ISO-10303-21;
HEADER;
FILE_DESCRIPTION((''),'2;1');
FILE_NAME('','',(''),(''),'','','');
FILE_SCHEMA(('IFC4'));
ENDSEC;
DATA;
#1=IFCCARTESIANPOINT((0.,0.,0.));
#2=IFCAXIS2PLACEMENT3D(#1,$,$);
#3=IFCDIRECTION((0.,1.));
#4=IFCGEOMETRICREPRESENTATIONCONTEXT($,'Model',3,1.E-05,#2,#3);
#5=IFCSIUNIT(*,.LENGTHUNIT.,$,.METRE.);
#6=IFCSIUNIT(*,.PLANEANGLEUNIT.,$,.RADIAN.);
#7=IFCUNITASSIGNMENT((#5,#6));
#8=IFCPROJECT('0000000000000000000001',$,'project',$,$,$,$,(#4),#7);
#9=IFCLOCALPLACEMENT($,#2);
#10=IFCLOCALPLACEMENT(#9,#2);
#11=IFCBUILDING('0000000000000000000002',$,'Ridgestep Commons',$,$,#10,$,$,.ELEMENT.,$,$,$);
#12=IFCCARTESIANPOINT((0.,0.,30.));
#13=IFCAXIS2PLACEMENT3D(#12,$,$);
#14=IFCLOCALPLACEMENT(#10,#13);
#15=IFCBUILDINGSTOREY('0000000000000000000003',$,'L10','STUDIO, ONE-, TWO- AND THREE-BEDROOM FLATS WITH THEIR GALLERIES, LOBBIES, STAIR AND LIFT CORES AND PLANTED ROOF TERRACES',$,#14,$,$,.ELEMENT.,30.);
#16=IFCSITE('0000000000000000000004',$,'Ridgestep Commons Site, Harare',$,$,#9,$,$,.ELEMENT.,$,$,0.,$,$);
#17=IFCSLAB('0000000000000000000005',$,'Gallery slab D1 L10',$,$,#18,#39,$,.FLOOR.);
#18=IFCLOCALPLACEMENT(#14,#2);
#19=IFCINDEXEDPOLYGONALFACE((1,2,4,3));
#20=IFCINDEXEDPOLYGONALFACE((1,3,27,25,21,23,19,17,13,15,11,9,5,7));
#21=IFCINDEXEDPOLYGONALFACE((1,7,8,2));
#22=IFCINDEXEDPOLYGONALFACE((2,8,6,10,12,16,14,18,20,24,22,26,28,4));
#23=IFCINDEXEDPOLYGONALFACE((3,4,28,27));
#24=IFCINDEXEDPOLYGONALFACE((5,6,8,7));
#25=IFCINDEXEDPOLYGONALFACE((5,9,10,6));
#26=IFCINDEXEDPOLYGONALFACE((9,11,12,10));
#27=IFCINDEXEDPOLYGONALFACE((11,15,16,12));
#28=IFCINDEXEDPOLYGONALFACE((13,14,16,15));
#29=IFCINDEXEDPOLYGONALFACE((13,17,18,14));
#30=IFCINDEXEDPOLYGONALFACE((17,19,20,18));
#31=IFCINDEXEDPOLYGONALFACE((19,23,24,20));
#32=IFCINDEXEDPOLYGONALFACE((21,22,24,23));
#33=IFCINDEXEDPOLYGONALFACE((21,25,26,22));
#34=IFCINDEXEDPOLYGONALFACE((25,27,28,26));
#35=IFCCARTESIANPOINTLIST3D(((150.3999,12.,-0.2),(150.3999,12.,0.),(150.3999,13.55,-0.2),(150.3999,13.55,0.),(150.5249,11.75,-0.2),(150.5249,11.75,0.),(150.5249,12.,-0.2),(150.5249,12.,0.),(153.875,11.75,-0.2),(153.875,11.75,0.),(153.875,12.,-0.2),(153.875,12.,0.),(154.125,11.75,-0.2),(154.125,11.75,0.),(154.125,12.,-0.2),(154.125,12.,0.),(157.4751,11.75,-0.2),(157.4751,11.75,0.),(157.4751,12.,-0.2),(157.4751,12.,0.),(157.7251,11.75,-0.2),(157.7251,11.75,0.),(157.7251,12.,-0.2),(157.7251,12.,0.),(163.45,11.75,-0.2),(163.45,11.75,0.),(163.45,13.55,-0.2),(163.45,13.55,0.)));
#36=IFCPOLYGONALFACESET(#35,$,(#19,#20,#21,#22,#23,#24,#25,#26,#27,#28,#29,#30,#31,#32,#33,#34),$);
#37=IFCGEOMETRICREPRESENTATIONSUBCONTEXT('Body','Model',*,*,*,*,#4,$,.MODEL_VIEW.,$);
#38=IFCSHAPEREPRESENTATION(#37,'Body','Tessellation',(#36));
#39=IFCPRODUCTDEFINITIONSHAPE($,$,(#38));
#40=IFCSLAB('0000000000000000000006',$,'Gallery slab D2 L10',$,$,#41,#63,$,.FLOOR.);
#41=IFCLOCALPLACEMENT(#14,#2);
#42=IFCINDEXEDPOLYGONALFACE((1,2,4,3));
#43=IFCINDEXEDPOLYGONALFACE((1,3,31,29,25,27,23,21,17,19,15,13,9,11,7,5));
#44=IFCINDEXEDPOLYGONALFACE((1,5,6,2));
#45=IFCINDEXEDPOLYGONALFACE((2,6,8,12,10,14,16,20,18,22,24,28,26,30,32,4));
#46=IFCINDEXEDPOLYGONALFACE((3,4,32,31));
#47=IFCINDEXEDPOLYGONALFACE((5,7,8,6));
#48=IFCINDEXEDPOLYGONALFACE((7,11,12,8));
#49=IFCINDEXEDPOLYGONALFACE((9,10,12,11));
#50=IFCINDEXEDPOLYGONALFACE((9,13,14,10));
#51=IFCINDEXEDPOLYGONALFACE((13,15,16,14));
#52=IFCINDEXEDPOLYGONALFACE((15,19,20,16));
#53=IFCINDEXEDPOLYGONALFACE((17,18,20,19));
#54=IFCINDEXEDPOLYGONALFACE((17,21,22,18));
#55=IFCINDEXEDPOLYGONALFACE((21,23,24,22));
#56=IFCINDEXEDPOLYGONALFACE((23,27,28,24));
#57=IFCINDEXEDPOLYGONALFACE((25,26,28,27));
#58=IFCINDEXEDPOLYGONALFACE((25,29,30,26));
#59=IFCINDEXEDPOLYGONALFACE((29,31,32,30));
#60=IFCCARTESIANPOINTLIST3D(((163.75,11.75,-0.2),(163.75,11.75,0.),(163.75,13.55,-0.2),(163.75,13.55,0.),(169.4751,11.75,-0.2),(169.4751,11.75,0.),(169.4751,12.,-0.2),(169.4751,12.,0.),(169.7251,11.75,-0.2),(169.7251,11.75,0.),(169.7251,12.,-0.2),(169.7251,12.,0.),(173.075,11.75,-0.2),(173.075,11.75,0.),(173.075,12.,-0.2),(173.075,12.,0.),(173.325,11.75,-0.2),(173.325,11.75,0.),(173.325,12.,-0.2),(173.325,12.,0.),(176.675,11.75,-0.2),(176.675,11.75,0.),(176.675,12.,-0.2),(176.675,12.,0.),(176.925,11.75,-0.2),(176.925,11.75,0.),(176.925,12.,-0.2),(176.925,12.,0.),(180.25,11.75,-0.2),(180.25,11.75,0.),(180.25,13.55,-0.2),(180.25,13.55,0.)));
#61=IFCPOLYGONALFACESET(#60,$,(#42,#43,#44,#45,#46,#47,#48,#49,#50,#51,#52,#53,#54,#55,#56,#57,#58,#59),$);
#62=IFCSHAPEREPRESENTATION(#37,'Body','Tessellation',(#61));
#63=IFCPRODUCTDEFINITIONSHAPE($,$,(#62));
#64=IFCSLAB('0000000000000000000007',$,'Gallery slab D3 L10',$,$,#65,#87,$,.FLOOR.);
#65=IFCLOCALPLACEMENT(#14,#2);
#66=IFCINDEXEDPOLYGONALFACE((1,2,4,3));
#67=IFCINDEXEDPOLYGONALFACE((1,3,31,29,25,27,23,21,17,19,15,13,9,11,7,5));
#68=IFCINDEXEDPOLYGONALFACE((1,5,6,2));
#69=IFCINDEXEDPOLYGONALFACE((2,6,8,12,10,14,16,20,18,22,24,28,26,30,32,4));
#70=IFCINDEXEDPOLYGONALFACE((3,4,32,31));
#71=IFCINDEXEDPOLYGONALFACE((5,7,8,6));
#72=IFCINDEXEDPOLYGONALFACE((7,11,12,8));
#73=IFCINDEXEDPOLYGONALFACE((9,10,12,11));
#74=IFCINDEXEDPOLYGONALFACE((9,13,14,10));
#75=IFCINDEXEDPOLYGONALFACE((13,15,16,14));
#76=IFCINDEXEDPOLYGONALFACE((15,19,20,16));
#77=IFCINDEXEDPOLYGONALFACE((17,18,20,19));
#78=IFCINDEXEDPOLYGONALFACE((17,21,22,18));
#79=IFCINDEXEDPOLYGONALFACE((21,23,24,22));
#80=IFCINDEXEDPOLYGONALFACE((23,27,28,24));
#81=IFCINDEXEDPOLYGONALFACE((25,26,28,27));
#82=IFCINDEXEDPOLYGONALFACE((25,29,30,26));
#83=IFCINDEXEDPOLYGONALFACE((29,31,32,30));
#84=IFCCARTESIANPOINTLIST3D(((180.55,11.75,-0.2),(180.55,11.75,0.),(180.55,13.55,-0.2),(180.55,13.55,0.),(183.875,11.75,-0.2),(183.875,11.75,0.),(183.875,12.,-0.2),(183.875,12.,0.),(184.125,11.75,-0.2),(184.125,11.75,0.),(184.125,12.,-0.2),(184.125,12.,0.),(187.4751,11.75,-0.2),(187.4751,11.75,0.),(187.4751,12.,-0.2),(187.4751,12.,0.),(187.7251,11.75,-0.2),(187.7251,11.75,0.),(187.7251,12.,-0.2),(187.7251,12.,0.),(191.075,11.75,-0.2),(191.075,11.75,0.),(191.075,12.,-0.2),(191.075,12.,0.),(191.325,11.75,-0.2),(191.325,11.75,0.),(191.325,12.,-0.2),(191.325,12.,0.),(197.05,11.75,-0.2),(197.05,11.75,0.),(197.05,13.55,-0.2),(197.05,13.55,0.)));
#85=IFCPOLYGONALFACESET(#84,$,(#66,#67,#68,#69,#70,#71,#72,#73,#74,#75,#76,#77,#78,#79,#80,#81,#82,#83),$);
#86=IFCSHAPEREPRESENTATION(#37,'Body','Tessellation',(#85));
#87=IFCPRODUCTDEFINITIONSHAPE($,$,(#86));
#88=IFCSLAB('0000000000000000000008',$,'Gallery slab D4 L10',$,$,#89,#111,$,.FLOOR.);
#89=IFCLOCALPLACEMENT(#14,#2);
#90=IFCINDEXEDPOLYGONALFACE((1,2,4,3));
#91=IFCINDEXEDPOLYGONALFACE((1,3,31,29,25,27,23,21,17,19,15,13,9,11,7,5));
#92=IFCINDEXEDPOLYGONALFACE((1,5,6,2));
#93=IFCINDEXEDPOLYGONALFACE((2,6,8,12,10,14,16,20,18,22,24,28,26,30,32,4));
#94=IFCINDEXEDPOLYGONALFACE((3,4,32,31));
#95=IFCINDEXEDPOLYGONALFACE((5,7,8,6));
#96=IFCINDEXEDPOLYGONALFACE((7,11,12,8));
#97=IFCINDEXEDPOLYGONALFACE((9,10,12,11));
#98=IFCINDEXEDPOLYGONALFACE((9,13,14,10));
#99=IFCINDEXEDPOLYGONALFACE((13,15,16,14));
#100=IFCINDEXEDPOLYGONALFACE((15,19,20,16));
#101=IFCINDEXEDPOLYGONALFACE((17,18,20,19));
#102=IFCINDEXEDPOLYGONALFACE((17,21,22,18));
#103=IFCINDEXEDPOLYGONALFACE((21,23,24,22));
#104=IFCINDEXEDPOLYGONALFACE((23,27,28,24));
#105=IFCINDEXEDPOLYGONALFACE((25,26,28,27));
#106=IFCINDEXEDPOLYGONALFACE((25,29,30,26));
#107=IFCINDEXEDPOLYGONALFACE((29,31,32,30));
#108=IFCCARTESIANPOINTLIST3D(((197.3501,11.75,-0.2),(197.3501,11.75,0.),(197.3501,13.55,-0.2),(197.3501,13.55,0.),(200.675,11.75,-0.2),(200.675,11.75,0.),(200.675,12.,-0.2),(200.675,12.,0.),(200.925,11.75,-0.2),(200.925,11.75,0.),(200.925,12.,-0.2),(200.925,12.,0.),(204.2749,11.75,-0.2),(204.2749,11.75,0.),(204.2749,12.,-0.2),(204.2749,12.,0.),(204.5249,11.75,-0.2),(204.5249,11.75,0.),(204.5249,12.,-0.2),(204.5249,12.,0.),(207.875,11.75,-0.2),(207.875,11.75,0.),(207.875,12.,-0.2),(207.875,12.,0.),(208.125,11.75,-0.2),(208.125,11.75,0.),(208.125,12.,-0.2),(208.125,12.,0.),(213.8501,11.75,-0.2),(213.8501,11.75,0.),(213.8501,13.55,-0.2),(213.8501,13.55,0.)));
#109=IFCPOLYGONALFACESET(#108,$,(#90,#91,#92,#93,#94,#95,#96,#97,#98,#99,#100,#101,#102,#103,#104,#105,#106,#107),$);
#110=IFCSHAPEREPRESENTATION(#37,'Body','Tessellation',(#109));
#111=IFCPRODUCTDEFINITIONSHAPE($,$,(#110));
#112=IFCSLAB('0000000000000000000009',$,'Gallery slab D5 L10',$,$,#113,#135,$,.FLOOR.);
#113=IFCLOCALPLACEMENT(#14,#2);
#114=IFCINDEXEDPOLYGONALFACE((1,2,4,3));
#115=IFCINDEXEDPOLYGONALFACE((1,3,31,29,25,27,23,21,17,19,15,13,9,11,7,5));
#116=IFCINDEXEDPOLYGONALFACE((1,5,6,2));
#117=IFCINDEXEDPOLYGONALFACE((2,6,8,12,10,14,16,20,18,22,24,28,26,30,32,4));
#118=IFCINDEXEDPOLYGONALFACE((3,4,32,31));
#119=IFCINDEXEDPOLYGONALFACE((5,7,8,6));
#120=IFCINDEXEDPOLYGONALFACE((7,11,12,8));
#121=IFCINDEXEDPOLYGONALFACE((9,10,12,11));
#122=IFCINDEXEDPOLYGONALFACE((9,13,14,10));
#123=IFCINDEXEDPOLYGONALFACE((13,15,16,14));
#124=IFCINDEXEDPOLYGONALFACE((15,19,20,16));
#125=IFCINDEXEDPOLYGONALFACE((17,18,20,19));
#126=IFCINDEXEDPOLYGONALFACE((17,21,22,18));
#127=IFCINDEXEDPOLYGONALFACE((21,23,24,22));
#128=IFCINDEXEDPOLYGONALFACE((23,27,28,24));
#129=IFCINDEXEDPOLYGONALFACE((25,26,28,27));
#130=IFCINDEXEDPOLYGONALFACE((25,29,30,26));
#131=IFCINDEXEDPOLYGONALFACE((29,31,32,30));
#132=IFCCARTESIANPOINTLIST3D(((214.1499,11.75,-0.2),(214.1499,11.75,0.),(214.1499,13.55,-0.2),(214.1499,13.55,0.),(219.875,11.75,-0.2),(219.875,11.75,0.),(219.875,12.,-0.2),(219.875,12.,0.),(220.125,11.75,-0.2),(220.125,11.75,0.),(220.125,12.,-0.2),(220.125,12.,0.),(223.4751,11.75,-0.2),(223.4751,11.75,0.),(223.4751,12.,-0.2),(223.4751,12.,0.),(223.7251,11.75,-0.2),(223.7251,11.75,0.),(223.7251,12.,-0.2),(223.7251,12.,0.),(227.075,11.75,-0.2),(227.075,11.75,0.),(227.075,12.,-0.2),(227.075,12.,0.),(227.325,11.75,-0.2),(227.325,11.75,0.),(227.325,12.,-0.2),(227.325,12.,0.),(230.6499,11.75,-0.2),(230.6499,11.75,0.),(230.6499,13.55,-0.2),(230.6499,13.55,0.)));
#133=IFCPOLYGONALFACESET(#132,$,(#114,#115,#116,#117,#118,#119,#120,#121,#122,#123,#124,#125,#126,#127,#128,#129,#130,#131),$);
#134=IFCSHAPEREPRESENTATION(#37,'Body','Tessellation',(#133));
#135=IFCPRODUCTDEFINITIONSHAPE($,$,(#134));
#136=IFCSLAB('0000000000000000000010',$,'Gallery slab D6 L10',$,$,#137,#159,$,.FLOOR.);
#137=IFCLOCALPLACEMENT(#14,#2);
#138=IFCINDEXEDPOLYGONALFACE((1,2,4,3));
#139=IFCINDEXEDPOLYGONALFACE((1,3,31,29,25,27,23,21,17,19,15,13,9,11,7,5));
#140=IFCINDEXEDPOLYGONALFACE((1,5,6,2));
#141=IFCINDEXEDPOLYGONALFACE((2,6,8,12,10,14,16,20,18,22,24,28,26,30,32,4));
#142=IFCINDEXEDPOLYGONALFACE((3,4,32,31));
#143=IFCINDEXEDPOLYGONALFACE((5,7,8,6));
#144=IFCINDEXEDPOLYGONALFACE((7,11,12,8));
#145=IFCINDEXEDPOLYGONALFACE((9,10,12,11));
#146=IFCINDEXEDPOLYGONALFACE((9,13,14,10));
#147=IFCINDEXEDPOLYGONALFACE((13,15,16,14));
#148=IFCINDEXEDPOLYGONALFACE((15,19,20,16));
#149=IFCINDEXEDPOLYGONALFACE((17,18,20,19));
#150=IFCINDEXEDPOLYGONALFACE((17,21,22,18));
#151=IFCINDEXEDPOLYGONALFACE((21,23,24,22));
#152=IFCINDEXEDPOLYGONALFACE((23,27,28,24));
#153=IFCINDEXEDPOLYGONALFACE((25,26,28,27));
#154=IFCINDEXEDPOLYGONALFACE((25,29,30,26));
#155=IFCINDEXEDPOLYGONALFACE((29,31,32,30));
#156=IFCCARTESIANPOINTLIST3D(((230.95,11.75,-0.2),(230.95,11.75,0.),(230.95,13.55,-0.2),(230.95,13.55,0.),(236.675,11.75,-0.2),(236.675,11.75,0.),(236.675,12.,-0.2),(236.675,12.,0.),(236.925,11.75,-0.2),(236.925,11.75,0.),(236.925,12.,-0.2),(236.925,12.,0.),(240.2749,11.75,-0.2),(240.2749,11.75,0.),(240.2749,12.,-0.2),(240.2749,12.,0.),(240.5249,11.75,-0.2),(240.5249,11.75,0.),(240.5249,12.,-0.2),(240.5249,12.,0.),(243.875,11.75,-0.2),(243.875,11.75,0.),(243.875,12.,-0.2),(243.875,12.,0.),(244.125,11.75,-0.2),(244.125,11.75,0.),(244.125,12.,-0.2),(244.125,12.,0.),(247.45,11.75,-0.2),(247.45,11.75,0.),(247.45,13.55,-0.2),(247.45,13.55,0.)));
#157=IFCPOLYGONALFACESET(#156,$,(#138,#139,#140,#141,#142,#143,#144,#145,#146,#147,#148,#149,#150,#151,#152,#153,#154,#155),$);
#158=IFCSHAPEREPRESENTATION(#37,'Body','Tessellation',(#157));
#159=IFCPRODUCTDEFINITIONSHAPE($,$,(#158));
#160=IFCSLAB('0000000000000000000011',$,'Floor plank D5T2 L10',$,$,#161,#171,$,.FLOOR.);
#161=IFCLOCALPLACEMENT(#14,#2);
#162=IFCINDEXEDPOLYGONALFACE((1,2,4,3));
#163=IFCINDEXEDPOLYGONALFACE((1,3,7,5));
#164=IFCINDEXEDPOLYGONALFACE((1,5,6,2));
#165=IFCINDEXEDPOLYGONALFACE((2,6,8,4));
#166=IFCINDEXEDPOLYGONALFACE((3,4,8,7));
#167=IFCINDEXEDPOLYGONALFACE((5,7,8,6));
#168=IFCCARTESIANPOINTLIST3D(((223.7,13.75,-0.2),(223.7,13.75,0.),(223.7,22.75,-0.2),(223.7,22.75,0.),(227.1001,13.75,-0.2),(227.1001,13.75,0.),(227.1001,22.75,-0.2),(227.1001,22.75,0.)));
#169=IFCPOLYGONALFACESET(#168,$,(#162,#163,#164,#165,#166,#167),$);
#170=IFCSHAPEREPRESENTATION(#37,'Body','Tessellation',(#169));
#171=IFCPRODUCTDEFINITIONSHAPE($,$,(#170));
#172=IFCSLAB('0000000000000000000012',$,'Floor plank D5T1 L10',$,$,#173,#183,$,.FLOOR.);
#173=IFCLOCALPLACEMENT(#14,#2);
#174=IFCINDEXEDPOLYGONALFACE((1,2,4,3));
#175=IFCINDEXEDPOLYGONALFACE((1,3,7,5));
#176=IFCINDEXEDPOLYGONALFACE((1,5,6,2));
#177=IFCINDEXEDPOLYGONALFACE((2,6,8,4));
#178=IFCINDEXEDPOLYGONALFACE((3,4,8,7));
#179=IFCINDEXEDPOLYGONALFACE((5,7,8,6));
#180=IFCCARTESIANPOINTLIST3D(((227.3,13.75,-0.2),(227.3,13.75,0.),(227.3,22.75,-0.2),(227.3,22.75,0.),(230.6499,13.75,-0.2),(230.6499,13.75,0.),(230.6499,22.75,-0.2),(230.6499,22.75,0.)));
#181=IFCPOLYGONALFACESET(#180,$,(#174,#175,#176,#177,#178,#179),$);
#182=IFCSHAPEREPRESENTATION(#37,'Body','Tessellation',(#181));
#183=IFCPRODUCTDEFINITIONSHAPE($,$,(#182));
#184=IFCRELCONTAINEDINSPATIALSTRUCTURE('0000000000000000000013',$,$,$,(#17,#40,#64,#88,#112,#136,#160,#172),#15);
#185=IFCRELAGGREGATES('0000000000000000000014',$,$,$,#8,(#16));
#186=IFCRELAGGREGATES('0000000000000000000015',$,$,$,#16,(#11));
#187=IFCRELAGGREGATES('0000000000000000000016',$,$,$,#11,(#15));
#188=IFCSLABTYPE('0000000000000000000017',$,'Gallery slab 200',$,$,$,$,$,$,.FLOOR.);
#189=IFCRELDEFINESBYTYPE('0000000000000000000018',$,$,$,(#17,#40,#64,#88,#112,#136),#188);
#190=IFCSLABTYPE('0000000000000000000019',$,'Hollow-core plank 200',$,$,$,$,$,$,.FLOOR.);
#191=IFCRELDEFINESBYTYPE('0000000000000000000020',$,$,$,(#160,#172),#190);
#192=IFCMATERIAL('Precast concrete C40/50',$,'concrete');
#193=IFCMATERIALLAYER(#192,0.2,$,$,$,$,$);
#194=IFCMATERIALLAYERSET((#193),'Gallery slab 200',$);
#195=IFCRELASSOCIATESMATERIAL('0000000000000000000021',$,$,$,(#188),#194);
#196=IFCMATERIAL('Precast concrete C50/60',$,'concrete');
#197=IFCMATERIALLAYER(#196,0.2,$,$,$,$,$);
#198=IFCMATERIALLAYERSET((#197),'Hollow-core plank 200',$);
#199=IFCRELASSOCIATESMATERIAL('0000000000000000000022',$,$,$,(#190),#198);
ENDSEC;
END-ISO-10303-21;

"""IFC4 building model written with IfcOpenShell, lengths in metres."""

from ifc_helpers import new_model, si_unit, direction, frame, origin, place, context, subcontext, project, spatial, polyline, outline, extrude, material, layer, layer_set, type_object, element, save


model = new_model("IFC4")

# Units and contexts
model_context = context("Model", 3, precision=1e-05, world=origin(), true_north=direction((0.0, 1.0)))
body_context = subcontext(model_context, "Body", "Model", "MODEL_VIEW")
ifc_project = project(units=[si_unit("LENGTHUNIT", "METRE"), si_unit("PLANEANGLEUNIT", "RADIAN")], contexts=[model_context])

# Site, building, storey
site_placement = place(None, origin())
site = spatial("IfcSite", under=ifc_project, at=site_placement, Name="Ridgestep Commons Site, Harare", CompositionType="ELEMENT", RefElevation=0.0)
building_placement = place(site_placement, origin())
building = spatial("IfcBuilding", under=site, at=building_placement, Name="Ridgestep Commons", CompositionType="ELEMENT")
storey_placement = place(building_placement, frame((0.0, 0.0, 30.0)))
storey = spatial("IfcBuildingStorey", under=building, at=storey_placement, Name="L10", Description="STUDIO, ONE-, TWO- AND THREE-BEDROOM FLATS WITH THEIR GALLERIES, LOBBIES, STAIR AND LIFT CORES AND PLANTED ROOF TERRACES", CompositionType="ELEMENT", Elevation=30.0)

# Slabs
ifc_material_1 = material(Name="Precast concrete C40/50", Category="concrete")
ifc_layer_1 = layer(ifc_material_1, 0.2)
ifc_layer_set_1 = layer_set([ifc_layer_1], Name="Gallery slab 200")
slab_type_1 = type_object("IfcSlabType", Name="Gallery slab 200", PredefinedType="FLOOR", material=ifc_layer_set_1)
slab_1_placement = place(storey_placement, frame((0.0, 0.0, -0.2)))
element("IfcSlab", 1, at=slab_1_placement, inside=storey, type_object=slab_type_1, Name="Gallery slab D1 L10", PredefinedType="FLOOR", context=body_context, shape_type="SweptSolid", body=[
    extrude(outline(polyline([(163.45, 11.75), (163.45, 13.55), (150.3999, 13.55), (150.3999, 12.0), (150.5249, 12.0), (150.5249, 11.75), (153.875, 11.75), (153.875, 12.0), (154.125, 12.0), (154.125, 11.75), (157.4751, 11.75), (157.4751, 12.0), (157.7251, 12.0), (157.7251, 11.75), (163.45, 11.75)])), origin(), (0.0, 0.0, 1.0), 0.2),
])
slab_2_placement = place(storey_placement, frame((0.0, 0.0, -0.2)))
element("IfcSlab", 2, at=slab_2_placement, inside=storey, type_object=slab_type_1, Name="Gallery slab D2 L10", PredefinedType="FLOOR", context=body_context, shape_type="SweptSolid", body=[
    extrude(outline(polyline([(180.25, 13.55), (163.75, 13.55), (163.75, 11.75), (169.4751, 11.75), (169.4751, 12.0), (169.7251, 12.0), (169.7251, 11.75), (173.075, 11.75), (173.075, 12.0), (173.325, 12.0), (173.325, 11.75), (176.675, 11.75), (176.675, 12.0), (176.925, 12.0), (176.925, 11.75), (180.25, 11.75), (180.25, 13.55)])), origin(), (0.0, 0.0, 1.0), 0.2),
])
slab_3_placement = place(storey_placement, frame((0.0, 0.0, -0.2)))
element("IfcSlab", 3, at=slab_3_placement, inside=storey, type_object=slab_type_1, Name="Gallery slab D3 L10", PredefinedType="FLOOR", context=body_context, shape_type="SweptSolid", body=[
    extrude(outline(polyline([(197.05, 13.55), (180.55, 13.55), (180.55, 11.75), (183.875, 11.75), (183.875, 12.0), (184.125, 12.0), (184.125, 11.75), (187.4751, 11.75), (187.4751, 12.0), (187.7251, 12.0), (187.7251, 11.75), (191.075, 11.75), (191.075, 12.0), (191.325, 12.0), (191.325, 11.75), (197.05, 11.75), (197.05, 13.55)])), origin(), (0.0, 0.0, 1.0), 0.2),
])
slab_4_placement = place(storey_placement, frame((0.0, 0.0, -0.2)))
element("IfcSlab", 4, at=slab_4_placement, inside=storey, type_object=slab_type_1, Name="Gallery slab D4 L10", PredefinedType="FLOOR", context=body_context, shape_type="SweptSolid", body=[
    extrude(outline(polyline([(213.8501, 13.55), (197.3501, 13.55), (197.3501, 11.75), (200.675, 11.75), (200.675, 12.0), (200.925, 12.0), (200.925, 11.75), (204.2749, 11.75), (204.2749, 12.0), (204.5249, 12.0), (204.5249, 11.75), (207.875, 11.75), (207.875, 12.0), (208.125, 12.0), (208.125, 11.75), (213.8501, 11.75), (213.8501, 13.55)])), origin(), (0.0, 0.0, 1.0), 0.2),
])
slab_5_placement = place(storey_placement, frame((0.0, 0.0, -0.2)))
element("IfcSlab", 5, at=slab_5_placement, inside=storey, type_object=slab_type_1, Name="Gallery slab D5 L10", PredefinedType="FLOOR", context=body_context, shape_type="SweptSolid", body=[
    extrude(outline(polyline([(230.6499, 13.55), (214.1499, 13.55), (214.1499, 11.75), (219.875, 11.75), (219.875, 12.0), (220.125, 12.0), (220.125, 11.75), (223.4751, 11.75), (223.4751, 12.0), (223.7251, 12.0), (223.7251, 11.75), (227.075, 11.75), (227.075, 12.0), (227.325, 12.0), (227.325, 11.75), (230.6499, 11.75), (230.6499, 13.55)])), origin(), (0.0, 0.0, 1.0), 0.2),
])
slab_6_placement = place(storey_placement, frame((0.0, 0.0, -0.2)))
element("IfcSlab", 6, at=slab_6_placement, inside=storey, type_object=slab_type_1, Name="Gallery slab D6 L10", PredefinedType="FLOOR", context=body_context, shape_type="SweptSolid", body=[
    extrude(outline(polyline([(247.45, 13.55), (230.95, 13.55), (230.95, 11.75), (236.675, 11.75), (236.675, 12.0), (236.925, 12.0), (236.925, 11.75), (240.2749, 11.75), (240.2749, 12.0), (240.5249, 12.0), (240.5249, 11.75), (243.875, 11.75), (243.875, 12.0), (244.125, 12.0), (244.125, 11.75), (247.45, 11.75), (247.45, 13.55)])), origin(), (0.0, 0.0, 1.0), 0.2),
])
ifc_material_2 = material(Name="Precast concrete C50/60", Category="concrete")
ifc_layer_2 = layer(ifc_material_2, 0.2)
ifc_layer_set_2 = layer_set([ifc_layer_2], Name="Hollow-core plank 200")
slab_type_2 = type_object("IfcSlabType", Name="Hollow-core plank 200", PredefinedType="FLOOR", material=ifc_layer_set_2)
slab_7_placement = place(storey_placement, frame((0.0, 0.0, -0.2)))
element("IfcSlab", 7, at=slab_7_placement, inside=storey, type_object=slab_type_2, Name="Floor plank D5T2 L10", PredefinedType="FLOOR", context=body_context, shape_type="SweptSolid", body=[
    extrude(outline(polyline([(227.1001, 13.75), (227.1001, 22.75), (223.7, 22.75), (223.7, 13.75), (227.1001, 13.75)])), origin(), (0.0, 0.0, 1.0), 0.2),
])
slab_8_placement = place(storey_placement, frame((0.0, 0.0, -0.2)))
element("IfcSlab", 8, at=slab_8_placement, inside=storey, type_object=slab_type_2, Name="Floor plank D5T1 L10", PredefinedType="FLOOR", context=body_context, shape_type="SweptSolid", body=[
    extrude(outline(polyline([(230.6499, 13.75), (230.6499, 22.75), (227.3, 22.75), (227.3, 13.75), (230.6499, 13.75)])), origin(), (0.0, 0.0, 1.0), 0.2),
])

save(model, "model.ifc")
